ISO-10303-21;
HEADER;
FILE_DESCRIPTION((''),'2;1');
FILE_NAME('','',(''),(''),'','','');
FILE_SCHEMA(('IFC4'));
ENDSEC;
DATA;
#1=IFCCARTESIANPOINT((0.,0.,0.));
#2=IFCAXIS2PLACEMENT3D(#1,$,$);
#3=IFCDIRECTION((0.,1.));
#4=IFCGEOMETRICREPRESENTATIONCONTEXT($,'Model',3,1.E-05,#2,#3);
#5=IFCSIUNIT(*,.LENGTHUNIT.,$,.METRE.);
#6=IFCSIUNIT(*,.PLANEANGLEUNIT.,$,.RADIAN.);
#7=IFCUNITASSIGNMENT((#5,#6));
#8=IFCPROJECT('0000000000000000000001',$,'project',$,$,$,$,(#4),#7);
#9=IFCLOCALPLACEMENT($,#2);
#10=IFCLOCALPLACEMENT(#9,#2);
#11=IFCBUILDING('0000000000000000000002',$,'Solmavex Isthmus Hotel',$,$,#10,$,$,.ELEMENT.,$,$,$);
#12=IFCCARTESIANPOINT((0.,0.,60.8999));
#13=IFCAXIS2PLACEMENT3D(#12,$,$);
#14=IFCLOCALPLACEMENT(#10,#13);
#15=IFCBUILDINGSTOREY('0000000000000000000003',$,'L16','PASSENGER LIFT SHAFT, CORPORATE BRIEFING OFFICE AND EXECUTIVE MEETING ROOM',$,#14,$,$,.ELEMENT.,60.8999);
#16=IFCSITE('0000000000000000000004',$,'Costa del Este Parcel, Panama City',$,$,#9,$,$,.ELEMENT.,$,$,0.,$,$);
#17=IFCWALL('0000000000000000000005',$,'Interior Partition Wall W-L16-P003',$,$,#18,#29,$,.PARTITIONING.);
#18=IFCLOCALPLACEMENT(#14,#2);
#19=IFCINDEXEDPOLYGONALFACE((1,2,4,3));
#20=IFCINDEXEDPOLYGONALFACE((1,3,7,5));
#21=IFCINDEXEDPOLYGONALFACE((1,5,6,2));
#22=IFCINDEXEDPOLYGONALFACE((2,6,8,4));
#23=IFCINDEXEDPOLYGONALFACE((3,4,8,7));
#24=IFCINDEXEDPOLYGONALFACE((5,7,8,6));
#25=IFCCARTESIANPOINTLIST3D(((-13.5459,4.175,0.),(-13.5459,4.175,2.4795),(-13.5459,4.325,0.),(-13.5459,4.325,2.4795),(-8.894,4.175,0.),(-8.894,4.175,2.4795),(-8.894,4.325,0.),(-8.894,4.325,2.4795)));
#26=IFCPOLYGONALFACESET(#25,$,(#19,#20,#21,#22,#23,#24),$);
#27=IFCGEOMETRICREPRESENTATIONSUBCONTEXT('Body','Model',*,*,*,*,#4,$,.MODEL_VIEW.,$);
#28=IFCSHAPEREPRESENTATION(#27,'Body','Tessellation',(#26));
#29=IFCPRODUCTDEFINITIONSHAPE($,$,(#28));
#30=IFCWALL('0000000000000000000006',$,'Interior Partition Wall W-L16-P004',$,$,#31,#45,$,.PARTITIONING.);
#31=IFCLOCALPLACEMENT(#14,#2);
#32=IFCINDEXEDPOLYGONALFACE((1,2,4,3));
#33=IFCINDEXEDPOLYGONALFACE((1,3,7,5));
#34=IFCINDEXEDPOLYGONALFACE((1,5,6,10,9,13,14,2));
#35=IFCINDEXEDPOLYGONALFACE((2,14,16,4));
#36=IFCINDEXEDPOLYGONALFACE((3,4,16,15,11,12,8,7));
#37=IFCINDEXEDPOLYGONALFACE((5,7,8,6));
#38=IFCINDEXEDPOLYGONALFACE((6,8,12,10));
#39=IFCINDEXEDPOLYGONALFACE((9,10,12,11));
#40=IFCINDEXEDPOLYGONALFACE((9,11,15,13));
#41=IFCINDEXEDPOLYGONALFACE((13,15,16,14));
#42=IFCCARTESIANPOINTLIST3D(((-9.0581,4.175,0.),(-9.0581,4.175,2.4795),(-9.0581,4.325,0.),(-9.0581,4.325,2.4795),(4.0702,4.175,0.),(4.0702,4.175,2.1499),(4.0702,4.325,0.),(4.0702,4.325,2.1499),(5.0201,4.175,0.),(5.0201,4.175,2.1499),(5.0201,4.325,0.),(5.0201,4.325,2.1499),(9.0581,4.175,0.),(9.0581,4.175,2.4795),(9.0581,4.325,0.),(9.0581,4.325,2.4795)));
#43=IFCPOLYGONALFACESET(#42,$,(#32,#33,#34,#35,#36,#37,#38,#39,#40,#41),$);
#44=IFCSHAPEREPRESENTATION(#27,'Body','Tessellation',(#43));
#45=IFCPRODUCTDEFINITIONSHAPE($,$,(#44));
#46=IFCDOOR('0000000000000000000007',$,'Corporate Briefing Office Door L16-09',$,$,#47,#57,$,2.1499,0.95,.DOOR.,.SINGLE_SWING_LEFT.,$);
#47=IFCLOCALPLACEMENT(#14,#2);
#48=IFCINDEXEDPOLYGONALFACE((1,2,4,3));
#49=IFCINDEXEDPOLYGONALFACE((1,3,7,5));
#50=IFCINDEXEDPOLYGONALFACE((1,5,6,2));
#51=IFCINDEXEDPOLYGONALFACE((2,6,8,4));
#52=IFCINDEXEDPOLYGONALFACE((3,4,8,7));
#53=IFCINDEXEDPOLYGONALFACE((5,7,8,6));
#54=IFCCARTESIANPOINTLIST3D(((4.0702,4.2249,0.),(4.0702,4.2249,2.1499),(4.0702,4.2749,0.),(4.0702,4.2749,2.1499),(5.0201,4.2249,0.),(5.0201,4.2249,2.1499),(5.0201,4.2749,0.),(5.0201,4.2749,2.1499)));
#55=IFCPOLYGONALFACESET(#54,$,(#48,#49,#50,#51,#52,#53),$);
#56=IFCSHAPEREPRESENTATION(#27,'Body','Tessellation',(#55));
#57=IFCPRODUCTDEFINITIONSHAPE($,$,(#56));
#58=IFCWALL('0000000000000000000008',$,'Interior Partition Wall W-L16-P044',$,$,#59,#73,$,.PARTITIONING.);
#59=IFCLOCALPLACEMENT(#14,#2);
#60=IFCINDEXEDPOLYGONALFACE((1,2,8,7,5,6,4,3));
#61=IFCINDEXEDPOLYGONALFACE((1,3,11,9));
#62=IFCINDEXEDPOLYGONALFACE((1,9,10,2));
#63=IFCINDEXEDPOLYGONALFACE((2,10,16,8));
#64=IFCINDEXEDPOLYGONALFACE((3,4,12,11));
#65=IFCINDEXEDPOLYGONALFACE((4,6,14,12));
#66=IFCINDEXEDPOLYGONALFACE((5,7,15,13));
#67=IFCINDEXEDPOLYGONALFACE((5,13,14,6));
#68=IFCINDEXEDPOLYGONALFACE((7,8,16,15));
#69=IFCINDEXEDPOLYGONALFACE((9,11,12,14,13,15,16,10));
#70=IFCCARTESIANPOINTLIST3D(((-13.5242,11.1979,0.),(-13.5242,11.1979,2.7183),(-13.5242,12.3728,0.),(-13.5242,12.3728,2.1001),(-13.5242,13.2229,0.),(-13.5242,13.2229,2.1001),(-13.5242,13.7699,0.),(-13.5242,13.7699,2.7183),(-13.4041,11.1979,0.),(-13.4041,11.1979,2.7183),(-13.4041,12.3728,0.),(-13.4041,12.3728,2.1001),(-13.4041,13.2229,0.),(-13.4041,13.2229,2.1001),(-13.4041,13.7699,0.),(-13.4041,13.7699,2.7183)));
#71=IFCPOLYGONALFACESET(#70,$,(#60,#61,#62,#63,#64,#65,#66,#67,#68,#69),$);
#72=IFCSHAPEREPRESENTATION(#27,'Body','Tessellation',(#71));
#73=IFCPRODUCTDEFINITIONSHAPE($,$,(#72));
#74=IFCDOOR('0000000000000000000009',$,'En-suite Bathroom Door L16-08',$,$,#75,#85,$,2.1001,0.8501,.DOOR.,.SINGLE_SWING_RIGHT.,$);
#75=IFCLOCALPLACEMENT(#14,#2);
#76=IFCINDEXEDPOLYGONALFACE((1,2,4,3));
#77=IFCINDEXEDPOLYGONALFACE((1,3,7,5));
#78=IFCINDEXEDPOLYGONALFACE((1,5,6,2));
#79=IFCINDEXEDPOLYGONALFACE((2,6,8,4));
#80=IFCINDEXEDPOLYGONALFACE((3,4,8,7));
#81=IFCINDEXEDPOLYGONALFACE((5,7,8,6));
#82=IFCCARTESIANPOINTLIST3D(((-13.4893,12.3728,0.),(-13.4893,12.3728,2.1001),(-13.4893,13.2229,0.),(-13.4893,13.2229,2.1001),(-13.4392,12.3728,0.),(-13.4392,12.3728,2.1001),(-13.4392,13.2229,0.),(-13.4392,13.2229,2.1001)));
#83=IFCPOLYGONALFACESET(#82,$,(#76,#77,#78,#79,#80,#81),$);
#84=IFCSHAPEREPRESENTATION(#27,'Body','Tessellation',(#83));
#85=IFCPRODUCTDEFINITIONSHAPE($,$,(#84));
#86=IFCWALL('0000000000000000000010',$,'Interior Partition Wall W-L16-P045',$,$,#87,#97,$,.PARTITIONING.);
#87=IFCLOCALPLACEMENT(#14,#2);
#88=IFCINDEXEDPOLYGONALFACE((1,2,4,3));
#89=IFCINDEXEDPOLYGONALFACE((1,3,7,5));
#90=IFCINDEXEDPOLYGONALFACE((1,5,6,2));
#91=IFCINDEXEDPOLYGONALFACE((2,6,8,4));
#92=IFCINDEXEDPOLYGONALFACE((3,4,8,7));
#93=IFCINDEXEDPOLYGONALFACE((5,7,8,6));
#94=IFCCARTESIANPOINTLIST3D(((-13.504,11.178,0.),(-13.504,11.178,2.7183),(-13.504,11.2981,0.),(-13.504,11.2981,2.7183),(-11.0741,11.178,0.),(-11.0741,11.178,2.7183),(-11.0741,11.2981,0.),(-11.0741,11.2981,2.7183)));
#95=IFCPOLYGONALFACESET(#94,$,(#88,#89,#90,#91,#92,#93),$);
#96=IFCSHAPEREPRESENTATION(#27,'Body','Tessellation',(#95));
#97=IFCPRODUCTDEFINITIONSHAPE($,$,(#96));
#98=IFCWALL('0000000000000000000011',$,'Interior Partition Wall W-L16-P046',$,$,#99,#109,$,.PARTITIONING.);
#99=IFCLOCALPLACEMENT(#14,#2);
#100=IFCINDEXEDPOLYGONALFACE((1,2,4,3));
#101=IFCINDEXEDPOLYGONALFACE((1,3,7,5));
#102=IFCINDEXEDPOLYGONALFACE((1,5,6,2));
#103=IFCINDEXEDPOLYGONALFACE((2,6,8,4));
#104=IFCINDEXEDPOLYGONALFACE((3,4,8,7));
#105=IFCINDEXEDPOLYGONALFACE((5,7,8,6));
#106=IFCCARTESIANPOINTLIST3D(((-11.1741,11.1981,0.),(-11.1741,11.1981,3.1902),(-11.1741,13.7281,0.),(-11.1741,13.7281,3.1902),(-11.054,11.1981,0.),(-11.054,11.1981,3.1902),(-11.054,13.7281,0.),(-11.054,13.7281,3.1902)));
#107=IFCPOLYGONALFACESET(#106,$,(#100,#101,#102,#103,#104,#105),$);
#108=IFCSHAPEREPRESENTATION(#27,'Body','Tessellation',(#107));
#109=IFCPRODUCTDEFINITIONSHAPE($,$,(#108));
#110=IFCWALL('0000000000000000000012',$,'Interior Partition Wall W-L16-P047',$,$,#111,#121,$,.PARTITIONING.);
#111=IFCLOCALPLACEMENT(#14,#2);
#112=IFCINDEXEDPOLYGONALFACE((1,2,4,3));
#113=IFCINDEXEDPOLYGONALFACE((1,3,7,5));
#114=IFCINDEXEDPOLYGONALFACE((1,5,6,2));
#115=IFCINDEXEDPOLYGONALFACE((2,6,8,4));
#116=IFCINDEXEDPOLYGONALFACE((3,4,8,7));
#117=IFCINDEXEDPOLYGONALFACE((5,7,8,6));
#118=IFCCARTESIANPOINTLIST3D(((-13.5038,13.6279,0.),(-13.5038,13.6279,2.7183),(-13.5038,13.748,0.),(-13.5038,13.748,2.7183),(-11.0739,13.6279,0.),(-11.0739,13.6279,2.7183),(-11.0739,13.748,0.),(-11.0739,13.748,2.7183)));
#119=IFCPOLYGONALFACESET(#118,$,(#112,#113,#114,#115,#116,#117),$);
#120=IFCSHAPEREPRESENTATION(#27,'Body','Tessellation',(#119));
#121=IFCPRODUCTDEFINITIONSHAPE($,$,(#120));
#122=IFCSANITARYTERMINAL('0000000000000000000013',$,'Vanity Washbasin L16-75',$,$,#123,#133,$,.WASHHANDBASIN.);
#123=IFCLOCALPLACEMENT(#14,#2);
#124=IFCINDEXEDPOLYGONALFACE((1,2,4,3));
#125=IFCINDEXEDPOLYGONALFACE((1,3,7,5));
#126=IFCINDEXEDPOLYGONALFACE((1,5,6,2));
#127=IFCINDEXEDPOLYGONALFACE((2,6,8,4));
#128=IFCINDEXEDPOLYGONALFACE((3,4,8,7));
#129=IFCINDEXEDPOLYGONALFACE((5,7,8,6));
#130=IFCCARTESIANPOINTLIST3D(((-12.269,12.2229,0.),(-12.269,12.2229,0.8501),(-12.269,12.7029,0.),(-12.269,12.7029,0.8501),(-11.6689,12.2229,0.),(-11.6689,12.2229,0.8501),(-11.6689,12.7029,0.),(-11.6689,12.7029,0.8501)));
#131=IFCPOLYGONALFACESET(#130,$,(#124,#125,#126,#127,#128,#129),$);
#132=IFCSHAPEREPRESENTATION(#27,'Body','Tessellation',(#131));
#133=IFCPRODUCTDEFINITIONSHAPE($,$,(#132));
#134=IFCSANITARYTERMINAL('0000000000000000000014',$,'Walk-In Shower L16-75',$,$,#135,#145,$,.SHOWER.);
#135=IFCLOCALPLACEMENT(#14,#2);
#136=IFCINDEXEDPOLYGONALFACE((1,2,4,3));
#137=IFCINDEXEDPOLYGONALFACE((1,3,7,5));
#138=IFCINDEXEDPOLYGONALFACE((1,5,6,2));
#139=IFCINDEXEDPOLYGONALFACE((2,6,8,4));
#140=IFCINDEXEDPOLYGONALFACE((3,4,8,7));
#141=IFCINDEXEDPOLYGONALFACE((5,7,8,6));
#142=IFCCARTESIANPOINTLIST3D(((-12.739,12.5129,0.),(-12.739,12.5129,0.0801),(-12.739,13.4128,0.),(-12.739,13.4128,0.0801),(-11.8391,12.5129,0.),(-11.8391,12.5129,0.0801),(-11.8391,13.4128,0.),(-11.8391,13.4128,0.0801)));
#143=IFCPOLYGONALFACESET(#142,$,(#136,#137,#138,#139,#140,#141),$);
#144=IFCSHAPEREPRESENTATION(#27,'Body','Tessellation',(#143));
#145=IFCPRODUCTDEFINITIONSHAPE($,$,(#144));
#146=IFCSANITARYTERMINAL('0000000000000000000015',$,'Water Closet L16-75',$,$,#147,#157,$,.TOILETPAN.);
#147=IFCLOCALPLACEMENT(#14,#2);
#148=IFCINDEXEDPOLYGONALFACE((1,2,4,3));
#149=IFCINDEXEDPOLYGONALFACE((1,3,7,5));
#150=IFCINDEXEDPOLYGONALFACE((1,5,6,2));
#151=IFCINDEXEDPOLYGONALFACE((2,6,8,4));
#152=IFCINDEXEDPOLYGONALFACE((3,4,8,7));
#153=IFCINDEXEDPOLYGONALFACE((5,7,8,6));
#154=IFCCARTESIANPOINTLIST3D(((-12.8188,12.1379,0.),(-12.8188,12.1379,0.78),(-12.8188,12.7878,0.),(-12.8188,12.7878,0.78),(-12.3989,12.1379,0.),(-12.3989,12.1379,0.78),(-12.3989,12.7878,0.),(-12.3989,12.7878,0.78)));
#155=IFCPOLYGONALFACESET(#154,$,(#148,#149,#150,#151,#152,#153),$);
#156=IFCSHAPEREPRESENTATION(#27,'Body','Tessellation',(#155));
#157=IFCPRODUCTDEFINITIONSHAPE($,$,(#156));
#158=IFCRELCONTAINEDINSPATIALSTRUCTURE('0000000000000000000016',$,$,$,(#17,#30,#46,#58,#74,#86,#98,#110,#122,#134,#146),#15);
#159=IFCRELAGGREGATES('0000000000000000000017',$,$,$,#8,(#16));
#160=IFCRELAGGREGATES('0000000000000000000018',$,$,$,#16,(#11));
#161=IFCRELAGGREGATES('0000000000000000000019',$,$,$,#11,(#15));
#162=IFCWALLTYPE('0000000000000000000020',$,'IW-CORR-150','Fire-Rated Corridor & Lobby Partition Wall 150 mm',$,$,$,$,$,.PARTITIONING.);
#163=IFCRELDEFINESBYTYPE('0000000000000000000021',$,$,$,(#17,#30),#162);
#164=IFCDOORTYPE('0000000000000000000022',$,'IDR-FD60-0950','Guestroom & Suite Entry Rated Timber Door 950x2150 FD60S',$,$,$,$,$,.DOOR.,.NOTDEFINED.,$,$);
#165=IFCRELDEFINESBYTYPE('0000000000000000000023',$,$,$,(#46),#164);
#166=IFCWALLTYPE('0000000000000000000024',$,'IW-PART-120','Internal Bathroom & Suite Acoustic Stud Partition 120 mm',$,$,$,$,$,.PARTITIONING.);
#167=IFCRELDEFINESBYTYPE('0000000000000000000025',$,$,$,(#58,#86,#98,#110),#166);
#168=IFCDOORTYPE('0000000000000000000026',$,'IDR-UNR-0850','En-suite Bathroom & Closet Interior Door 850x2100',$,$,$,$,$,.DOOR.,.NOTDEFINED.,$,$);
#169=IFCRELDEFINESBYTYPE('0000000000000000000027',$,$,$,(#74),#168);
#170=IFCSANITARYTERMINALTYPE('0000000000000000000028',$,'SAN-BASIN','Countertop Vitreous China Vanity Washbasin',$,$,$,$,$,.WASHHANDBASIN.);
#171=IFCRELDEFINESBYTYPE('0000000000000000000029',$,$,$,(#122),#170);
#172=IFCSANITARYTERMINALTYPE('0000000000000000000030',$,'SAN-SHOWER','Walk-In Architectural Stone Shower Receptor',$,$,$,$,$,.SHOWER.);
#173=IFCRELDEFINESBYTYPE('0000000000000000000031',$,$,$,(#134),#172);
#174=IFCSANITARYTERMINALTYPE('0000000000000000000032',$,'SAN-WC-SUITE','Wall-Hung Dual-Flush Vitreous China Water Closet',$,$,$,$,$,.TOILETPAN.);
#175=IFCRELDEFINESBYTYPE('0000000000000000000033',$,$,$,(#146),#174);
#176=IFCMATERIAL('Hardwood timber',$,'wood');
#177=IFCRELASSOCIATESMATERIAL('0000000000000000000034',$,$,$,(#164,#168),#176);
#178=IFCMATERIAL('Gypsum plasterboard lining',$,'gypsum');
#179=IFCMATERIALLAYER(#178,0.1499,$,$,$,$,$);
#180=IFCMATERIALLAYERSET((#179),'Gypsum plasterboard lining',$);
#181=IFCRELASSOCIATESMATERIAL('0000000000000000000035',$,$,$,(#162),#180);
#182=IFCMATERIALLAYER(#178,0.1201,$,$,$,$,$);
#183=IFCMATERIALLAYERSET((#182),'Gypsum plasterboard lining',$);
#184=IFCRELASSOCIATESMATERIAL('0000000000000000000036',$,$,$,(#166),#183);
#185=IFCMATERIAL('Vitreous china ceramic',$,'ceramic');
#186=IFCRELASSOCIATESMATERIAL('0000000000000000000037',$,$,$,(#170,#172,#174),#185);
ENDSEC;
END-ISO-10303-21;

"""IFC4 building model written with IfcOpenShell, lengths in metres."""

from ifc_helpers import new_model, si_unit, direction, frame, frame_2d, origin, origin_2d, place, context, subcontext, project, spatial, rectangle, extrude, material, layer, layer_set, type_object, element, fill, save


model = new_model("IFC4")

# Units and contexts
model_context = context("Model", 3, precision=1e-05, world=origin(), true_north=direction((0.0, 1.0)))
body_context = subcontext(model_context, "Body", "Model", "MODEL_VIEW")
ifc_project = project(units=[si_unit("LENGTHUNIT", "METRE"), si_unit("PLANEANGLEUNIT", "RADIAN")], contexts=[model_context])

# Site, building, storey
site_placement = place(None, origin())
site = spatial("IfcSite", under=ifc_project, at=site_placement, Name="Costa del Este Parcel, Panama City", CompositionType="ELEMENT", RefElevation=0.0)
building_placement = place(site_placement, origin())
building = spatial("IfcBuilding", under=site, at=building_placement, Name="Solmavex Isthmus Hotel", CompositionType="ELEMENT")
storey_placement = place(building_placement, frame((0.0, 0.0, 60.8999)))
storey = spatial("IfcBuildingStorey", under=building, at=storey_placement, Name="L16", Description="PASSENGER LIFT SHAFT, CORPORATE BRIEFING OFFICE AND EXECUTIVE MEETING ROOM", CompositionType="ELEMENT", Elevation=60.8999)

# Shared definitions
ifc_material_1 = material(Name="Gypsum plasterboard lining", Category="gypsum")

# Shared definitions
ifc_material_2 = material(Name="Hardwood timber", Category="wood")
door_type_1 = type_object("IfcDoorType", Name="IDR-FD60-0950", Description="Guestroom & Suite Entry Rated Timber Door 950x2150 FD60S", OperationType="NOTDEFINED", PredefinedType="DOOR", material=ifc_material_2)

# Wall
ifc_layer_1 = layer(ifc_material_1, 0.1499)
ifc_layer_set_1 = layer_set([ifc_layer_1], Name="Gypsum plasterboard lining")
wall_type_1 = type_object("IfcWallType", Name="IW-CORR-150", Description="Fire-Rated Corridor & Lobby Partition Wall 150 mm", PredefinedType="PARTITIONING", material=ifc_layer_set_1)
wall_1_placement = place(storey_placement, frame((-13.5459, 4.25, 0.0), z_axis=(0.0, 0.0, 1.0), x_axis=(1.0, 0.0, 0.0)))
element("IfcWall", 1, at=wall_1_placement, inside=storey, type_object=wall_type_1, Name="Interior Partition Wall W-L16-P003", PredefinedType="PARTITIONING", context=body_context, shape_type="SweptSolid", body=[
    extrude(rectangle(XDim=4.6519, YDim=0.1499, at=frame_2d((2.3259, 0.0))), origin(), (0.0, 0.0, 1.0), 2.4795),
])

# Walls, openings, doors
wall_2_placement = place(storey_placement, frame((-9.0581, 4.25, 0.0), z_axis=(0.0, 0.0, 1.0), x_axis=(1.0, 0.0, 0.0)))
wall_2 = element("IfcWall", 2, at=wall_2_placement, inside=storey, type_object=wall_type_1, Name="Interior Partition Wall W-L16-P004", PredefinedType="PARTITIONING", context=body_context, shape_type="SweptSolid", body=[
    extrude(rectangle(XDim=18.1162, YDim=0.1499, at=frame_2d((9.0581, 0.0))), origin(), (0.0, 0.0, 1.0), 2.4795),
])
opening_1_placement = place(wall_2_placement, frame((13.1282, 0.0, 0.0)))
opening_1 = element("IfcOpeningElement", 3, at=opening_1_placement, cuts=wall_2, PredefinedType="OPENING", context=body_context, shape_type="SweptSolid", body=[
    extrude(rectangle(XDim=0.95, YDim=2.1499, at=frame_2d((0.4751, 1.075))), frame((0.0, 0.085, 0.0), z_axis=(0.0, -1.0, 0.0), x_axis=(1.0, 0.0, 0.0)), (0.0, 0.0, 1.0), 0.1699),
])
door_1_placement = place(opening_1_placement, origin())
door_1 = element("IfcDoor", 4, at=door_1_placement, inside=storey, type_object=door_type_1, Name="Corporate Briefing Office Door L16-09", OperationType="SINGLE_SWING_LEFT", OverallHeight=2.1499, OverallWidth=0.95, PredefinedType="DOOR", context=body_context, shape_type="SweptSolid", body=[
    extrude(rectangle(XDim=0.95, YDim=2.1499, at=frame_2d((0.4751, 1.075))), frame((0.0, 0.0249, 0.0), z_axis=(0.0, -1.0, 0.0), x_axis=(1.0, 0.0, 0.0)), (0.0, 0.0, 1.0), 0.05),
])
fill(opening_1, door_1)
ifc_layer_2 = layer(ifc_material_1, 0.1201)
ifc_layer_set_2 = layer_set([ifc_layer_2], Name="Gypsum plasterboard lining")
wall_type_2 = type_object("IfcWallType", Name="IW-PART-120", Description="Internal Bathroom & Suite Acoustic Stud Partition 120 mm", PredefinedType="PARTITIONING", material=ifc_layer_set_2)
wall_3_placement = place(storey_placement, frame((-13.4641, 13.77, 0.0), z_axis=(0.0, 0.0, 1.0), x_axis=(0.0, -1.0, 0.0)))
wall_3 = element("IfcWall", 5, at=wall_3_placement, inside=storey, type_object=wall_type_2, Name="Interior Partition Wall W-L16-P044", PredefinedType="PARTITIONING", context=body_context, shape_type="SweptSolid", body=[
    extrude(rectangle(XDim=2.572, YDim=0.1201, at=frame_2d((1.2861, 0.0))), origin(), (0.0, 0.0, 1.0), 2.7183),
])
opening_2_placement = place(wall_3_placement, frame((0.5471, 0.0, 0.0)))
opening_2 = element("IfcOpeningElement", 6, at=opening_2_placement, cuts=wall_3, PredefinedType="OPENING", context=body_context, shape_type="SweptSolid", body=[
    extrude(rectangle(XDim=0.8501, YDim=2.1001, at=frame_2d((0.425, 1.05))), frame((0.0, 0.0701, 0.0), z_axis=(0.0, -1.0, 0.0), x_axis=(1.0, 0.0, 0.0)), (0.0, 0.0, 1.0), 0.1401),
])
door_type_2 = type_object("IfcDoorType", Name="IDR-UNR-0850", Description="En-suite Bathroom & Closet Interior Door 850x2100", OperationType="NOTDEFINED", PredefinedType="DOOR", material=ifc_material_2)
door_2_placement = place(opening_2_placement, origin())
door_2 = element("IfcDoor", 7, at=door_2_placement, inside=storey, type_object=door_type_2, Name="En-suite Bathroom Door L16-08", OperationType="SINGLE_SWING_RIGHT", OverallHeight=2.1001, OverallWidth=0.8501, PredefinedType="DOOR", context=body_context, shape_type="SweptSolid", body=[
    extrude(rectangle(XDim=0.8501, YDim=2.1001, at=frame_2d((0.425, 1.05))), frame((0.0, 0.0249, 0.0), z_axis=(0.0, -1.0, 0.0), x_axis=(1.0, 0.0, 0.0)), (0.0, 0.0, 1.0), 0.05),
])
fill(opening_2, door_2)

# Walls
wall_4_placement = place(storey_placement, frame((-13.5039, 11.238, 0.0), z_axis=(0.0, 0.0, 1.0), x_axis=(1.0, 0.0, 0.0)))
element("IfcWall", 8, at=wall_4_placement, inside=storey, type_object=wall_type_2, Name="Interior Partition Wall W-L16-P045", PredefinedType="PARTITIONING", context=body_context, shape_type="SweptSolid", body=[
    extrude(rectangle(XDim=2.4299, YDim=0.1201, at=frame_2d((1.2148, 0.0))), origin(), (0.0, 0.0, 1.0), 2.7183),
])
wall_5_placement = place(storey_placement, frame((-11.114, 11.198, 0.0), z_axis=(0.0, 0.0, 1.0), x_axis=(0.0, 1.0, 0.0)))
element("IfcWall", 9, at=wall_5_placement, inside=storey, type_object=wall_type_2, Name="Interior Partition Wall W-L16-P046", PredefinedType="PARTITIONING", context=body_context, shape_type="SweptSolid", body=[
    extrude(rectangle(XDim=2.53, YDim=0.1201, at=frame_2d((1.2651, 0.0))), origin(), (0.0, 0.0, 1.0), 3.1902),
])
wall_6_placement = place(storey_placement, frame((-11.074, 13.688, 0.0), z_axis=(0.0, 0.0, 1.0), x_axis=(-1.0, 0.0, 0.0)))
element("IfcWall", 10, at=wall_6_placement, inside=storey, type_object=wall_type_2, Name="Interior Partition Wall W-L16-P047", PredefinedType="PARTITIONING", context=body_context, shape_type="SweptSolid", body=[
    extrude(rectangle(XDim=2.4299, YDim=0.1201, at=frame_2d((1.2148, 0.0))), origin(), (0.0, 0.0, 1.0), 2.7183),
])

# Sanitary terminals
ifc_material_3 = material(Name="Vitreous china ceramic", Category="ceramic")
sanitary_terminal_type_1 = type_object("IfcSanitaryTerminalType", Name="SAN-BASIN", Description="Countertop Vitreous China Vanity Washbasin", PredefinedType="WASHHANDBASIN", material=ifc_material_3)
sanitary_terminal_1_placement = place(storey_placement, frame((-11.969, 12.4629, 0.0), z_axis=(0.0, 0.0, 1.0), x_axis=(1.0, 0.0, 0.0)))
element("IfcSanitaryTerminal", 11, at=sanitary_terminal_1_placement, inside=storey, type_object=sanitary_terminal_type_1, Name="Vanity Washbasin L16-75", PredefinedType="WASHHANDBASIN", context=body_context, shape_type="SweptSolid", body=[
    extrude(rectangle(XDim=0.6001, YDim=0.48, at=origin_2d()), origin(), (0.0, 0.0, 1.0), 0.8501),
])
sanitary_terminal_type_2 = type_object("IfcSanitaryTerminalType", Name="SAN-SHOWER", Description="Walk-In Architectural Stone Shower Receptor", PredefinedType="SHOWER", material=ifc_material_3)
sanitary_terminal_2_placement = place(storey_placement, frame((-12.2891, 12.9629, 0.0), z_axis=(0.0, 0.0, 1.0), x_axis=(1.0, 0.0, 0.0)))
element("IfcSanitaryTerminal", 12, at=sanitary_terminal_2_placement, inside=storey, type_object=sanitary_terminal_type_2, Name="Walk-In Shower L16-75", PredefinedType="SHOWER", context=body_context, shape_type="SweptSolid", body=[
    extrude(rectangle(XDim=0.8999, YDim=0.8999, at=origin_2d()), origin(), (0.0, 0.0, 1.0), 0.0801),
])
sanitary_terminal_type_3 = type_object("IfcSanitaryTerminalType", Name="SAN-WC-SUITE", Description="Wall-Hung Dual-Flush Vitreous China Water Closet", PredefinedType="TOILETPAN", material=ifc_material_3)
sanitary_terminal_3_placement = place(storey_placement, frame((-12.6089, 12.4629, 0.0), z_axis=(0.0, 0.0, 1.0), x_axis=(1.0, 0.0, 0.0)))
element("IfcSanitaryTerminal", 13, at=sanitary_terminal_3_placement, inside=storey, type_object=sanitary_terminal_type_3, Name="Water Closet L16-75", PredefinedType="TOILETPAN", context=body_context, shape_type="SweptSolid", body=[
    extrude(rectangle(XDim=0.4199, YDim=0.6499, at=origin_2d()), origin(), (0.0, 0.0, 1.0), 0.78),
])

save(model, "model.ifc")
